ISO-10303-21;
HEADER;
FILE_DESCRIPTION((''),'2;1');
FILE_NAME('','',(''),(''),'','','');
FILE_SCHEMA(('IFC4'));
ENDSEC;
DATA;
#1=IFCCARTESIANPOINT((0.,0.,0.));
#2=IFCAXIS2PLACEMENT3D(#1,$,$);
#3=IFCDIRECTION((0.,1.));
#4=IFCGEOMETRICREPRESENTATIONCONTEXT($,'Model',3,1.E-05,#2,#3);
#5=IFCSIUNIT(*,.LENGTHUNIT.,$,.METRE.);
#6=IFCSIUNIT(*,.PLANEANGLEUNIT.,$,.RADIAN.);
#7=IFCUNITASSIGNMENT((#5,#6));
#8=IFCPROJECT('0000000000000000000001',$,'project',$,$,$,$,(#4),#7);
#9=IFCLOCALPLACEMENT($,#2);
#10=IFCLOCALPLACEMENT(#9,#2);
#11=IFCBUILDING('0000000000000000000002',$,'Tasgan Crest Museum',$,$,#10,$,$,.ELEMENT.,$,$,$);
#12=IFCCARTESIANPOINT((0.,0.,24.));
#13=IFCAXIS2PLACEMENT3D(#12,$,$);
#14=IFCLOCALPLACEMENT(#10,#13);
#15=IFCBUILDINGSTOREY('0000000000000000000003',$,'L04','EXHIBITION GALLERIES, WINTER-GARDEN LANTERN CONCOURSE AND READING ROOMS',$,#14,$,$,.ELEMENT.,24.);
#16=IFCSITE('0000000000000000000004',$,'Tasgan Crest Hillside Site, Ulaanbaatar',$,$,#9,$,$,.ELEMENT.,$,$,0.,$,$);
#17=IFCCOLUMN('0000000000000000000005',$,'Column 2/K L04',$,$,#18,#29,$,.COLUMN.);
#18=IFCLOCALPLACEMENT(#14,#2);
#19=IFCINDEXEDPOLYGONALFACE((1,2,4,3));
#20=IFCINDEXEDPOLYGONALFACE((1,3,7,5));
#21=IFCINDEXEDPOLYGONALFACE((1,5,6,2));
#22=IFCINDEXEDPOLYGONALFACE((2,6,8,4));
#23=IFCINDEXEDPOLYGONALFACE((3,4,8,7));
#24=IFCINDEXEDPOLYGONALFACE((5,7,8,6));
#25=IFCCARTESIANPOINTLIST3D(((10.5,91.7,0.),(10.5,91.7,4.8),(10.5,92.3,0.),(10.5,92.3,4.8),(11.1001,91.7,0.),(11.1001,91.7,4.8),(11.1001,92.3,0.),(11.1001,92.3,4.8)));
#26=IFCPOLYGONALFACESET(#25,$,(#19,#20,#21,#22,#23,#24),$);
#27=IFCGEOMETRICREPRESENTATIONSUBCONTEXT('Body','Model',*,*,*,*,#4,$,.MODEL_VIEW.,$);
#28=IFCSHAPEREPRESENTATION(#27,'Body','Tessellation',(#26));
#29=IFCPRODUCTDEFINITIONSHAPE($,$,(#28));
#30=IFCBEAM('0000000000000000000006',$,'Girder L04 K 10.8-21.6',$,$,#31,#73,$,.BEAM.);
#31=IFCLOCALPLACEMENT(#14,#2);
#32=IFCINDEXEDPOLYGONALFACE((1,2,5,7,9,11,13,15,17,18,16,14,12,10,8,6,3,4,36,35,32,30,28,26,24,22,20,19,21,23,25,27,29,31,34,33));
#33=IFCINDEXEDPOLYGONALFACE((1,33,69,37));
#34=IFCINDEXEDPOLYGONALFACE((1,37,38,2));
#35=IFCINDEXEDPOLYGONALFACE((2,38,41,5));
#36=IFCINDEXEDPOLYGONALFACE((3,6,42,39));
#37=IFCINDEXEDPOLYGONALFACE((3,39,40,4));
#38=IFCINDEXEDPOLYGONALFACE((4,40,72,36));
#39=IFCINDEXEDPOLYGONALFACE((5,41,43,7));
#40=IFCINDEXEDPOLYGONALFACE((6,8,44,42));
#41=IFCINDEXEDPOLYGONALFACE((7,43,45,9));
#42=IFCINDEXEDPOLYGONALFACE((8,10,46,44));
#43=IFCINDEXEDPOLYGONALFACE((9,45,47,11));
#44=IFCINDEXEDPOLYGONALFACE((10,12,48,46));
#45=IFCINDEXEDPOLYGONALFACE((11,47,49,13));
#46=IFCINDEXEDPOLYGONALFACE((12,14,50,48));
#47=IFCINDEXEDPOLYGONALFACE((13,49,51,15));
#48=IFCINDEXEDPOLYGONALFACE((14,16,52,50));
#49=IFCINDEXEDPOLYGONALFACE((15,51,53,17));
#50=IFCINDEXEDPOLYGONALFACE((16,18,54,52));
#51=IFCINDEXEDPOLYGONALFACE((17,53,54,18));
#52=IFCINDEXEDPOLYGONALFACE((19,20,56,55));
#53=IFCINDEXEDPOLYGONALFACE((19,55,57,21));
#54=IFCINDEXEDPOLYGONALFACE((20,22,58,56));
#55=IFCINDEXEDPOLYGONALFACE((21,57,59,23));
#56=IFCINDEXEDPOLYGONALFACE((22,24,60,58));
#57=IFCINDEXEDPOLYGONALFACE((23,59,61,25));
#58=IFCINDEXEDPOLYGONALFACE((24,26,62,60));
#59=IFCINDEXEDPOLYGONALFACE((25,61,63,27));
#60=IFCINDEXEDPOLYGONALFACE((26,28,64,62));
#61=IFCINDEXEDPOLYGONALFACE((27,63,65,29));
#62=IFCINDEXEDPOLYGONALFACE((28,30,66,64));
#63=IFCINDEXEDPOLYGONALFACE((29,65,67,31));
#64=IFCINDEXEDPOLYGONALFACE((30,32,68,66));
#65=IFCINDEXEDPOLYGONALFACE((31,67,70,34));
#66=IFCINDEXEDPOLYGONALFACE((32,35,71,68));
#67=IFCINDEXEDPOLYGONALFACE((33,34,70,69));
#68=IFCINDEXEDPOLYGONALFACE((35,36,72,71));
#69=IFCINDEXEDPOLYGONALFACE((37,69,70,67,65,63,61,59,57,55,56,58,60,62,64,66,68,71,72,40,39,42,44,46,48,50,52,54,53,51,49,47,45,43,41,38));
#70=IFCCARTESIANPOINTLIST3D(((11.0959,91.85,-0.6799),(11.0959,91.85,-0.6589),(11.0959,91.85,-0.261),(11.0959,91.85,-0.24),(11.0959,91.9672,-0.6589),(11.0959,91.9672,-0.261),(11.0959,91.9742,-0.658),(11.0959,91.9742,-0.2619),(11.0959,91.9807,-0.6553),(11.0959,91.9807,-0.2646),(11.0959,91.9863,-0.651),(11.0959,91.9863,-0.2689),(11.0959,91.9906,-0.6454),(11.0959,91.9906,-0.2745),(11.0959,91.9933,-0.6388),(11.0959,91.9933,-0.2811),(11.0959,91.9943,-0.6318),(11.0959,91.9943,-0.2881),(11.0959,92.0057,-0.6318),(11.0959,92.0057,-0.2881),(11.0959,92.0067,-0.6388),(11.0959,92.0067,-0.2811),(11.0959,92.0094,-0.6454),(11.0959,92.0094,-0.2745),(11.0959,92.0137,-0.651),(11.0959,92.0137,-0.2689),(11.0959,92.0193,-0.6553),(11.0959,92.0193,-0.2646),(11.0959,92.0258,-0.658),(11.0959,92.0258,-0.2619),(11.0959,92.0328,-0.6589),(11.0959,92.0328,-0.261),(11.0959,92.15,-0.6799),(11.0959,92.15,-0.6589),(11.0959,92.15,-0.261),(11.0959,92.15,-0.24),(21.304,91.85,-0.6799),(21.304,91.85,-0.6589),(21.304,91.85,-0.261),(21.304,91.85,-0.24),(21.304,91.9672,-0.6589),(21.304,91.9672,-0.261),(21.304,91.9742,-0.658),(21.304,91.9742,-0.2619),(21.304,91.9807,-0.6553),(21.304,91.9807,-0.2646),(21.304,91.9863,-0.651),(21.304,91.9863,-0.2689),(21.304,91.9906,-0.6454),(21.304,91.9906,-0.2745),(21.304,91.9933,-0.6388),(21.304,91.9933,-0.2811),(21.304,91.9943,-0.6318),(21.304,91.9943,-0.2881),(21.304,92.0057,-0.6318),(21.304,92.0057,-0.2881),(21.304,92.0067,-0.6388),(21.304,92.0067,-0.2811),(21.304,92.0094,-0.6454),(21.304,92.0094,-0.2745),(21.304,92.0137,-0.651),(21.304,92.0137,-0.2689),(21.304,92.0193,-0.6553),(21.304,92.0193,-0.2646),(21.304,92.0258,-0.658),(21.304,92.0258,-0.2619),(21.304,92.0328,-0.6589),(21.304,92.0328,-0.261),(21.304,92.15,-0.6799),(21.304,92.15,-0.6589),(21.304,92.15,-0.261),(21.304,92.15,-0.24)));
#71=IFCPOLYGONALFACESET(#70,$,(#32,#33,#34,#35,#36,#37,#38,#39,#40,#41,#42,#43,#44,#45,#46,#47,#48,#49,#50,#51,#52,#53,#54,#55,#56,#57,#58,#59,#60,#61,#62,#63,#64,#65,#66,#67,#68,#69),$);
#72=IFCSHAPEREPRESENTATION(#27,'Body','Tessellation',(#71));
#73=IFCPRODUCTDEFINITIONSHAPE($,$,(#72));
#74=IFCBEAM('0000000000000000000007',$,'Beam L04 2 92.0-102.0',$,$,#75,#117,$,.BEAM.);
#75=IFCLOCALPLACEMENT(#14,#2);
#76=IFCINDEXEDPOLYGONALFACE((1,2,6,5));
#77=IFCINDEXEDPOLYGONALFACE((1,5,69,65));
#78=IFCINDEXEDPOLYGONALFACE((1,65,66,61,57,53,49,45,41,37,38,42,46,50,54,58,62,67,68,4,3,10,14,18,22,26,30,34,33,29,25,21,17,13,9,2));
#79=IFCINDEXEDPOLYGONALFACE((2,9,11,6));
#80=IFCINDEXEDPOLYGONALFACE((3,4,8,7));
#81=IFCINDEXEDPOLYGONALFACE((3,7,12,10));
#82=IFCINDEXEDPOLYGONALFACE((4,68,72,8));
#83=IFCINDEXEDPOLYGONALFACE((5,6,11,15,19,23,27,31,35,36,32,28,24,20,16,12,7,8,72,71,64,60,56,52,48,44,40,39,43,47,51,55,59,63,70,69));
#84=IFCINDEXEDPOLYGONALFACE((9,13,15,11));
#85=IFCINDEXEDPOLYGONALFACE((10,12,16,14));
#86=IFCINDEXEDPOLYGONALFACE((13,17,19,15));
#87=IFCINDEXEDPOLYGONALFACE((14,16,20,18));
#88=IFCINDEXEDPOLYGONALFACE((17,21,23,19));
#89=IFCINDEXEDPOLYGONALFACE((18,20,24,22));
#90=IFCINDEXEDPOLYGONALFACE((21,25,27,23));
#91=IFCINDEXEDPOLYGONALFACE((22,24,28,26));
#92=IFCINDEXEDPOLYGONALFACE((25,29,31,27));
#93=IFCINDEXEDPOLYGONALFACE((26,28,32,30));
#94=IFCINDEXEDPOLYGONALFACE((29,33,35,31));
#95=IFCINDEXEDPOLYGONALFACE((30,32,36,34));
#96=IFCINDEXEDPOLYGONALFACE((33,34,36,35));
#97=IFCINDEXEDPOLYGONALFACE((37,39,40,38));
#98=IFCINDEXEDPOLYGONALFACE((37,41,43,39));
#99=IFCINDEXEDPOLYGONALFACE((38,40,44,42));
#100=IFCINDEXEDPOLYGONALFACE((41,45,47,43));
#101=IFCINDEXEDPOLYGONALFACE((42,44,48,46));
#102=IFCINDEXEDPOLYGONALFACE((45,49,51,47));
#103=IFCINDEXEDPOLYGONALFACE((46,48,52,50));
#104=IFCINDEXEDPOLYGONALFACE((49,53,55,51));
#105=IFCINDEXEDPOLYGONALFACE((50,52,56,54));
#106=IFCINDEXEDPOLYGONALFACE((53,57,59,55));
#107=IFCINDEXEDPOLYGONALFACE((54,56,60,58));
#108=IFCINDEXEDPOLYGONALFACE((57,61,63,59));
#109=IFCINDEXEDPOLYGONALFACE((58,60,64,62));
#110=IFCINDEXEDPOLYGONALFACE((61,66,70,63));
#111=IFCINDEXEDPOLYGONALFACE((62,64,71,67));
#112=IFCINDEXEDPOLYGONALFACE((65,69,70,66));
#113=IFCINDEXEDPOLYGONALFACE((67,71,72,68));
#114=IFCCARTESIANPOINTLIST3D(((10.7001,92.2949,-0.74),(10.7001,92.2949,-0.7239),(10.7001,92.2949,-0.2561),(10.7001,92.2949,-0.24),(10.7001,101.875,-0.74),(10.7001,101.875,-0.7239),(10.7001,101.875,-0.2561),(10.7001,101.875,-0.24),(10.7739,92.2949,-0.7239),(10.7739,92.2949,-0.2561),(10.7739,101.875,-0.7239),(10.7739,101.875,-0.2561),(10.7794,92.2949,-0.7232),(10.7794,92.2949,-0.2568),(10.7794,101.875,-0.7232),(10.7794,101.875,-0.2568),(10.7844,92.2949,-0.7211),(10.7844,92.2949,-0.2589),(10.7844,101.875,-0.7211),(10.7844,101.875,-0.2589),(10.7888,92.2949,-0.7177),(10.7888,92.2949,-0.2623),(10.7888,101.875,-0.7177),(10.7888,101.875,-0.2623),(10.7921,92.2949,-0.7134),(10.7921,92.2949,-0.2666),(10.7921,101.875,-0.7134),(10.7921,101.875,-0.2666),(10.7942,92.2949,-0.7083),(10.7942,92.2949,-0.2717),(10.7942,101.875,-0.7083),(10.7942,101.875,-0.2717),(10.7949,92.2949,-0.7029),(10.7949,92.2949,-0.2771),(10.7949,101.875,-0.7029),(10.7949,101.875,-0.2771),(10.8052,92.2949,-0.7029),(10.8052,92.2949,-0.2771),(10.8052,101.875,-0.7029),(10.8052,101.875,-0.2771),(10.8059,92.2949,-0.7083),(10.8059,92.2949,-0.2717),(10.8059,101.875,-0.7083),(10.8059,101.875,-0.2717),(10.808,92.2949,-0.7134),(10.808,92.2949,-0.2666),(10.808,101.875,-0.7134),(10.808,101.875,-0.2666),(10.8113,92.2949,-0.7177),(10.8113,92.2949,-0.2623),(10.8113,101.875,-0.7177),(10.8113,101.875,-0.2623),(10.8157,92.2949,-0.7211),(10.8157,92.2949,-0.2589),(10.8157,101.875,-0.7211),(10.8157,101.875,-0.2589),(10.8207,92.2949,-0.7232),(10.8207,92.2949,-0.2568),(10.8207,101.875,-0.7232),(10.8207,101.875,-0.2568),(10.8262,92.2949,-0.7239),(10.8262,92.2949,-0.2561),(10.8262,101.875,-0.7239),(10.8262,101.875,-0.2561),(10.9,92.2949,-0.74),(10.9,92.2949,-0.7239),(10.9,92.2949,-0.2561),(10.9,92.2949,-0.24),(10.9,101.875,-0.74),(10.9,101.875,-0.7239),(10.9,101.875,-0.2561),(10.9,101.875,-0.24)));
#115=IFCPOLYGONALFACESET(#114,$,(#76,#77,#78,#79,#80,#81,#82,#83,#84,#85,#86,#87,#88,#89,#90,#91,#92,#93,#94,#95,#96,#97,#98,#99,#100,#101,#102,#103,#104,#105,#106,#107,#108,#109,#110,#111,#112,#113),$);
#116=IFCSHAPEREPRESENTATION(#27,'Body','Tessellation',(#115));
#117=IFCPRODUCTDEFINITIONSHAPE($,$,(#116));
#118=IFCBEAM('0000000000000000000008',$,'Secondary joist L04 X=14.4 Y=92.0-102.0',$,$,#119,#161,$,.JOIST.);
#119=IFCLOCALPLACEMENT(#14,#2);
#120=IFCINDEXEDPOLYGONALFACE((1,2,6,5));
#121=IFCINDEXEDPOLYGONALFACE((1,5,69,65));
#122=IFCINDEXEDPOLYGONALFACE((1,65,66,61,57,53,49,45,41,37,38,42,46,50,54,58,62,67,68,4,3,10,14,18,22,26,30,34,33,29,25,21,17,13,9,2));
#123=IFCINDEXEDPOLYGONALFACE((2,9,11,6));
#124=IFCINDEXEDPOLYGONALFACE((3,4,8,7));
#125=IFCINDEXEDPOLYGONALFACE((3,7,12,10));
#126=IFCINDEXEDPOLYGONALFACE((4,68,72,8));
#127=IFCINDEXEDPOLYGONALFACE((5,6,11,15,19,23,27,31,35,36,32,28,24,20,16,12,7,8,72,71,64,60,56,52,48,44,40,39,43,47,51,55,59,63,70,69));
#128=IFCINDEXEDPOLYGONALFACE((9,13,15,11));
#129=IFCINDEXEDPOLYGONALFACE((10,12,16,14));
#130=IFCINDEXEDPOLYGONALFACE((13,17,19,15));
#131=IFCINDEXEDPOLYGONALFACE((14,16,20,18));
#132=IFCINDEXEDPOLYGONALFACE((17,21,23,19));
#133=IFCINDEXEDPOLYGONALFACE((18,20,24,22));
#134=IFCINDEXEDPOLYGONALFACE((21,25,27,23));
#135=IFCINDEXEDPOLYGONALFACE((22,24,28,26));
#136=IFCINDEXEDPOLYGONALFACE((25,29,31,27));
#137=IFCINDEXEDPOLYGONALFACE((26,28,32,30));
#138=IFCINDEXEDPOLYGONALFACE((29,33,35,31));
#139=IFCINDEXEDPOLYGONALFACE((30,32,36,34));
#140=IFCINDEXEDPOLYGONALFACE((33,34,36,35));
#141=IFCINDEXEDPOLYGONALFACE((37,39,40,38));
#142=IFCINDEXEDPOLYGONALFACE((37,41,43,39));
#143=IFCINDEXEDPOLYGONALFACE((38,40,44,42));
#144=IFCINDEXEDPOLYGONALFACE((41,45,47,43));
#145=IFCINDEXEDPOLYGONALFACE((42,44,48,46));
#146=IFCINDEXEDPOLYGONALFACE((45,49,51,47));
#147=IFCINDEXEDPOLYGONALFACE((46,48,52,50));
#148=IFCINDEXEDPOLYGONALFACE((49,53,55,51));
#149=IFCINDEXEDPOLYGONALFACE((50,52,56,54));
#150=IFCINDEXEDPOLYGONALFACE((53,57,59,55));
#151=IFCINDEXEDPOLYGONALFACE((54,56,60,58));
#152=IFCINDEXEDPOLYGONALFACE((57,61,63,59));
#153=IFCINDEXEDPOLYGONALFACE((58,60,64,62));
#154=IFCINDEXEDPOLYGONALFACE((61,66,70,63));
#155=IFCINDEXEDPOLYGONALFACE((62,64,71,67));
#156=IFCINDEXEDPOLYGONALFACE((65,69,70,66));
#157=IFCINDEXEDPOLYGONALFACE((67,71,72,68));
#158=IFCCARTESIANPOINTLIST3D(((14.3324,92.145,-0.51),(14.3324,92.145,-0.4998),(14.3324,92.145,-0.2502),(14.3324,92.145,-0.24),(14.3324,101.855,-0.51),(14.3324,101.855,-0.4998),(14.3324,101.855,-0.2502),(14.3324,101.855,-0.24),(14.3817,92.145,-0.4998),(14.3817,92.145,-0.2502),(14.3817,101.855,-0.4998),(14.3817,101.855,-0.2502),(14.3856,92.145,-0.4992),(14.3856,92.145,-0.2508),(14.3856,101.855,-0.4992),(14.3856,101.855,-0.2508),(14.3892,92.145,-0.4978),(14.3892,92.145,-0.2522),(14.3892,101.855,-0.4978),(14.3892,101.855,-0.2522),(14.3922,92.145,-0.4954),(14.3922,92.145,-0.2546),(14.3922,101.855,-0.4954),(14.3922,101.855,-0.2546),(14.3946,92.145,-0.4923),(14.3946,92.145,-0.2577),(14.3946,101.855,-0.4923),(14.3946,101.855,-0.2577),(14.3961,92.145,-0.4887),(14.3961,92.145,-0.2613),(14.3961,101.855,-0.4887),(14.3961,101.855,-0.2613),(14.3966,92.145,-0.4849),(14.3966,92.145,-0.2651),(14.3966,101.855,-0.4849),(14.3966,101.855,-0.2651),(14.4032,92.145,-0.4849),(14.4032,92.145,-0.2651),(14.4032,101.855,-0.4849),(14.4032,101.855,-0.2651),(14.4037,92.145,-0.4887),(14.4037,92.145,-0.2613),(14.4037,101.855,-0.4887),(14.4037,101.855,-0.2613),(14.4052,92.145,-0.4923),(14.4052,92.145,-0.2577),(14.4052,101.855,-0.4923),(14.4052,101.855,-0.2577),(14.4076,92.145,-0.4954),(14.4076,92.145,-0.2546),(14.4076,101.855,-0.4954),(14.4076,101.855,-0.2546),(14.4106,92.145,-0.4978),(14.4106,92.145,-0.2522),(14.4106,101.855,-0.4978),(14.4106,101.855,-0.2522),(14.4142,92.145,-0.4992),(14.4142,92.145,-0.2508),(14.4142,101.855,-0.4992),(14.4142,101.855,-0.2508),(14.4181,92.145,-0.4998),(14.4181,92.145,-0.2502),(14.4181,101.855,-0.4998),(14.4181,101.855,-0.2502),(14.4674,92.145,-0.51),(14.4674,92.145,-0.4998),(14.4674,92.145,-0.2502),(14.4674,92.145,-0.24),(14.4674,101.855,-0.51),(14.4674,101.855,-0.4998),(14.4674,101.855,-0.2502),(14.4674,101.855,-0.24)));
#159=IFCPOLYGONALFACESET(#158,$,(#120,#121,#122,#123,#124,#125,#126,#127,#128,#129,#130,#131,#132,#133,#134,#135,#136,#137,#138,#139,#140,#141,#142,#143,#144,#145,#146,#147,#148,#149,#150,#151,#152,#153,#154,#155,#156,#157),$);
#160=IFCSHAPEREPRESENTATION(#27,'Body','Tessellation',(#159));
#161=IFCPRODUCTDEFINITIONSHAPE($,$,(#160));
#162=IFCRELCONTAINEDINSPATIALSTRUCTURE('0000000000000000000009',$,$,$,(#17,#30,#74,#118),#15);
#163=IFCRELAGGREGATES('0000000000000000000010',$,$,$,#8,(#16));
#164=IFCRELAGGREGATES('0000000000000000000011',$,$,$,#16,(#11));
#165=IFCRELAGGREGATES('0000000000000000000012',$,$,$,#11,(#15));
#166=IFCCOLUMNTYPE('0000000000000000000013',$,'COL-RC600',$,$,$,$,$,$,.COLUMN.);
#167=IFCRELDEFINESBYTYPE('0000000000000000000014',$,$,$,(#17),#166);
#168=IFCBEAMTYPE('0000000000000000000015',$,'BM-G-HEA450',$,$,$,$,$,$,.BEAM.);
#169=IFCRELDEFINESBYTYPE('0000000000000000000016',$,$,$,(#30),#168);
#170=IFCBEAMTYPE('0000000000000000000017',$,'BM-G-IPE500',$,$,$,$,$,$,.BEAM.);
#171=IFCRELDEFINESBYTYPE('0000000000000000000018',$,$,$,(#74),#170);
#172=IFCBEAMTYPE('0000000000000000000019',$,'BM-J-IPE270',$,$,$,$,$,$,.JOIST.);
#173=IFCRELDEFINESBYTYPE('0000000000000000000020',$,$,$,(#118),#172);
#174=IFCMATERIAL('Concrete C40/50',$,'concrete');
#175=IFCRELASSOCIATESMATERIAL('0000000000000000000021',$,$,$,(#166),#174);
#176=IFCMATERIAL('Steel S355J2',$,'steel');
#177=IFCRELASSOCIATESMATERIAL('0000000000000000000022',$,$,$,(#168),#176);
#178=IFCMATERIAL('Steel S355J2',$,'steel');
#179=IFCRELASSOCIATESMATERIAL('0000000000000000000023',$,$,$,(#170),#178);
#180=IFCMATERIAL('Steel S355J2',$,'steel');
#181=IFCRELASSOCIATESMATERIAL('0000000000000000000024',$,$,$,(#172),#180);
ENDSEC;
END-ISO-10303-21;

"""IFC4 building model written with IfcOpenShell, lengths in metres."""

from ifc_helpers import new_model, si_unit, direction, frame, origin, origin_2d, place, context, subcontext, project, spatial, rectangle, i_section, extrude, material, material_profile, profile_set, type_object, element, save


model = new_model("IFC4")

# Units and contexts
model_context = context("Model", 3, precision=1e-05, world=origin(), true_north=direction((0.0, 1.0)))
body_context = subcontext(model_context, "Body", "Model", "MODEL_VIEW")
ifc_project = project(units=[si_unit("LENGTHUNIT", "METRE"), si_unit("PLANEANGLEUNIT", "RADIAN")], contexts=[model_context])

# Site, building, storey
site_placement = place(None, origin())
site = spatial("IfcSite", under=ifc_project, at=site_placement, Name="Tasgan Crest Hillside Site, Ulaanbaatar", CompositionType="ELEMENT", RefElevation=0.0)
building_placement = place(site_placement, origin())
building = spatial("IfcBuilding", under=site, at=building_placement, Name="Tasgan Crest Museum", CompositionType="ELEMENT")
storey_placement = place(building_placement, frame((0.0, 0.0, 24.0)))
storey = spatial("IfcBuildingStorey", under=building, at=storey_placement, Name="L04", Description="EXHIBITION GALLERIES, WINTER-GARDEN LANTERN CONCOURSE AND READING ROOMS", CompositionType="ELEMENT", Elevation=24.0)

# Column
ifc_material_1 = material(Name="Concrete C40/50", Category="concrete")
ifc_material_profile_1 = material_profile(ifc_material_1, rectangle(XDim=0.6001, YDim=0.6001, at=origin_2d()), Name="RC 600x600")
ifc_profile_set_1 = profile_set([ifc_material_profile_1], Name="Concrete C40/50")
column_type = type_object("IfcColumnType", Name="COL-RC600", PredefinedType="COLUMN", material=ifc_profile_set_1)
column_placement = place(storey_placement, frame((10.8, 92.0, 0.0), z_axis=(0.0, 0.0, 1.0), x_axis=(1.0, 0.0, 0.0)))
element("IfcColumn", 1, at=column_placement, inside=storey, type_object=column_type, Name="Column 2/K L04", PredefinedType="COLUMN", context=body_context, shape_type="SweptSolid", body=[
    extrude(rectangle(XDim=0.6001, YDim=0.6001, at=origin_2d()), origin(), (0.0, 0.0, 1.0), 4.8),
])

# Beams
ifc_material_2 = material(Name="Steel S355J2", Category="steel")
ifc_material_profile_2 = material_profile(ifc_material_2, i_section(OverallWidth=0.3, OverallDepth=0.4399, WebThickness=0.0115, FlangeThickness=0.021, FilletRadius=0.0271, at=origin_2d()), Name="HEA 450")
ifc_profile_set_2 = profile_set([ifc_material_profile_2], Name="Steel S355J2")
beam_type_1 = type_object("IfcBeamType", Name="BM-G-HEA450", PredefinedType="BEAM", material=ifc_profile_set_2)
beam_1_placement = place(storey_placement, frame((11.0959, 92.0, -0.46), z_axis=(1.0, 0.0, 0.0), x_axis=(0.0, 1.0, 0.0)))
element("IfcBeam", 2, at=beam_1_placement, inside=storey, type_object=beam_type_1, Name="Girder L04 K 10.8-21.6", PredefinedType="BEAM", context=body_context, shape_type="SweptSolid", body=[
    extrude(i_section(OverallWidth=0.3, OverallDepth=0.4399, WebThickness=0.0115, FlangeThickness=0.021, FilletRadius=0.0271, at=origin_2d()), origin(), (0.0, 0.0, 1.0), 10.208),
])
ifc_material_3 = material(Name="Steel S355J2", Category="steel")
ifc_material_profile_3 = material_profile(ifc_material_3, i_section(OverallWidth=0.2, OverallDepth=0.5, WebThickness=0.0103, FlangeThickness=0.0161, FilletRadius=0.021, at=origin_2d()), Name="IPE 500")
ifc_profile_set_3 = profile_set([ifc_material_profile_3], Name="Steel S355J2")
beam_type_2 = type_object("IfcBeamType", Name="BM-G-IPE500", PredefinedType="BEAM", material=ifc_profile_set_3)
beam_2_placement = place(storey_placement, frame((10.8, 92.2949, -0.49), z_axis=(0.0, 1.0, 0.0), x_axis=(-1.0, 0.0, 0.0)))
element("IfcBeam", 3, at=beam_2_placement, inside=storey, type_object=beam_type_2, Name="Beam L04 2 92.0-102.0", PredefinedType="BEAM", context=body_context, shape_type="SweptSolid", body=[
    extrude(i_section(OverallWidth=0.2, OverallDepth=0.5, WebThickness=0.0103, FlangeThickness=0.0161, FilletRadius=0.021, at=origin_2d()), origin(), (0.0, 0.0, 1.0), 9.5801),
])
ifc_material_4 = material(Name="Steel S355J2", Category="steel")
ifc_material_profile_4 = material_profile(ifc_material_4, i_section(OverallWidth=0.135, OverallDepth=0.27, WebThickness=0.0066, FlangeThickness=0.0103, FilletRadius=0.0149, at=origin_2d()), Name="IPE 270")
ifc_profile_set_4 = profile_set([ifc_material_profile_4], Name="Steel S355J2")
beam_type_3 = type_object("IfcBeamType", Name="BM-J-IPE270", PredefinedType="JOIST", material=ifc_profile_set_4)
for number, where, z_axis, x_axis, name in (
    (4, (14.3999, 92.145, -0.375), (0.0, 1.0, 0.0), (-1.0, 0.0, 0.0), "Secondary joist L04 X=14.4 Y=92.0-102.0"),
):
    element("IfcBeam", number, at=place(storey_placement, frame(where, z_axis=z_axis, x_axis=x_axis)), inside=storey, type_object=beam_type_3, Name=name, PredefinedType="JOIST", context=body_context, shape_type="SweptSolid", body=[
        extrude(i_section(OverallWidth=0.135, OverallDepth=0.27, WebThickness=0.0066, FlangeThickness=0.0103, FilletRadius=0.0149, at=origin_2d()), origin(), (0.0, 0.0, 1.0), 9.71),
    ])

save(model, "model.ifc")
